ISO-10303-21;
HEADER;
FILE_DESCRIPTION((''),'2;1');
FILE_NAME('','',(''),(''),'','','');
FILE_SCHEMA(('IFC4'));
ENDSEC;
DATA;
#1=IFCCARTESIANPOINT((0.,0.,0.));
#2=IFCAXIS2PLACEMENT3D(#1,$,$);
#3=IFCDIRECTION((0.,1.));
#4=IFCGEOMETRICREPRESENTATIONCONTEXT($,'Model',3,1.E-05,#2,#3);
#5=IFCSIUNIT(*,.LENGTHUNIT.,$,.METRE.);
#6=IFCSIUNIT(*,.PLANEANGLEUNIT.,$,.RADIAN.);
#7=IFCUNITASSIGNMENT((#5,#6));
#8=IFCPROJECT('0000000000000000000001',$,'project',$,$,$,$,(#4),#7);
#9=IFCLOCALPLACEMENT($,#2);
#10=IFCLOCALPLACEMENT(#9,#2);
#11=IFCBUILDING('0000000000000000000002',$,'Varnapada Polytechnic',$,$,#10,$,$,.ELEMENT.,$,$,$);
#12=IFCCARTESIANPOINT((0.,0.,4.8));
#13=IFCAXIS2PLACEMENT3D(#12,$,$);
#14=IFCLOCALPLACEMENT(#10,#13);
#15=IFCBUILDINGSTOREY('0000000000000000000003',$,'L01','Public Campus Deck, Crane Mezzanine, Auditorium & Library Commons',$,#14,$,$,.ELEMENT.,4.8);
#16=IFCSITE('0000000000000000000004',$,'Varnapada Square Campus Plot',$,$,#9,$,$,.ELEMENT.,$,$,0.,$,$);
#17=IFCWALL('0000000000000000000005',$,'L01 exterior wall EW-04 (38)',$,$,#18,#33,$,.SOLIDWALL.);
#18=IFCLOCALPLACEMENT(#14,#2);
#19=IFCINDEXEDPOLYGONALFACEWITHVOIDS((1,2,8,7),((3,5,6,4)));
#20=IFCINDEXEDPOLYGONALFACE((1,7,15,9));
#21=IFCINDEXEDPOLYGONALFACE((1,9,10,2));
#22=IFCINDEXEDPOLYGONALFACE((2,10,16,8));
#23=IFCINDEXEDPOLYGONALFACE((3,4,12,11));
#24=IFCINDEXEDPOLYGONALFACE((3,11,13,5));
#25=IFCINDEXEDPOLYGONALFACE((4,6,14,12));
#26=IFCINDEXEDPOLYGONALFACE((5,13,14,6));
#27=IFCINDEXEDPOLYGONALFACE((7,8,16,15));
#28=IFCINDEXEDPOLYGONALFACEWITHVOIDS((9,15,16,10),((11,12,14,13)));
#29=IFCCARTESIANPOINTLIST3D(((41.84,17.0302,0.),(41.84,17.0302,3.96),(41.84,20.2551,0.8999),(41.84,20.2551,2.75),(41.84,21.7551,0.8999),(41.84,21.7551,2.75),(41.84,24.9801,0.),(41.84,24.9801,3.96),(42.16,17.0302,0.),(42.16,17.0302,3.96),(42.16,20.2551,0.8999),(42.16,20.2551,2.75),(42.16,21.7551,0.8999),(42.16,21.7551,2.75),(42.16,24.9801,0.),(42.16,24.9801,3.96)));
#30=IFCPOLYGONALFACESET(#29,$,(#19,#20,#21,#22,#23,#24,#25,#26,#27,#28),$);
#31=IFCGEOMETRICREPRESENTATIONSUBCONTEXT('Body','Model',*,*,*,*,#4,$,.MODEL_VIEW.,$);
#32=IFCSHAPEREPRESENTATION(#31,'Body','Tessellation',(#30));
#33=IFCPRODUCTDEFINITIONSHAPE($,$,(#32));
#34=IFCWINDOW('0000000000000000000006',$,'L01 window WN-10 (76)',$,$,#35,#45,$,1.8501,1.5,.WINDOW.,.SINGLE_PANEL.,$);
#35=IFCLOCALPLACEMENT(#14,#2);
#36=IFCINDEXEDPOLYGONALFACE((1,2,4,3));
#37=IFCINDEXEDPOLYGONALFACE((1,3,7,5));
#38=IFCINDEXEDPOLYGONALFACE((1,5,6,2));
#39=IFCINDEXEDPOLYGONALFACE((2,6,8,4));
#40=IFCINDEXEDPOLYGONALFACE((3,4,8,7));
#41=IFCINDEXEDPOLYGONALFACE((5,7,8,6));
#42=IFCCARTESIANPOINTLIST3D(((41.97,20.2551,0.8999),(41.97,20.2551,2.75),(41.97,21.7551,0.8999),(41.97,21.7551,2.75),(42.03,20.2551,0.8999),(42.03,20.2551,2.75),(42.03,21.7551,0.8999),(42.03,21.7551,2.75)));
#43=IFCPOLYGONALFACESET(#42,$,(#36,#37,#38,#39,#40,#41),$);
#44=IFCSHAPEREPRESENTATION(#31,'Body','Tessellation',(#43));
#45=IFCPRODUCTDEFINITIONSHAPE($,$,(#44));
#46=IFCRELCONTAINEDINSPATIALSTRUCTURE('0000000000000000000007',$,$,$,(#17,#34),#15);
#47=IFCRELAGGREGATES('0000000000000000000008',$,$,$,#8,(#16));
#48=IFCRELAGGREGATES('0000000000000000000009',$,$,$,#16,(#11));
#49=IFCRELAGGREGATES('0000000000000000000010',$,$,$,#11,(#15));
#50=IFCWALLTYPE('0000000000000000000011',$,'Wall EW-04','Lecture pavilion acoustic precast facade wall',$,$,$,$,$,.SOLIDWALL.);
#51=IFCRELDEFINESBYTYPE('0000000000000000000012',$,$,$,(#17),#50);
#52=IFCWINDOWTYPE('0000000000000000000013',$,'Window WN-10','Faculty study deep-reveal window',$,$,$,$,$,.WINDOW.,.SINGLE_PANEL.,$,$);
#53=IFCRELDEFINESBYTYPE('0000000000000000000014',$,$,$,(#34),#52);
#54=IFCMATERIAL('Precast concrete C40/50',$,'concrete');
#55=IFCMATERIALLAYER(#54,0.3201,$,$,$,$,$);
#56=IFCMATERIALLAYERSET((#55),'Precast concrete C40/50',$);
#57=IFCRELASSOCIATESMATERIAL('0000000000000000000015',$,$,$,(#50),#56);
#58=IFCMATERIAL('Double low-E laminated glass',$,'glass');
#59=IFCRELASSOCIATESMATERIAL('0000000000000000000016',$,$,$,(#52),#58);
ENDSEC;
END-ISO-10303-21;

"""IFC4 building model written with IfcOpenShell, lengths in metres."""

from ifc_helpers import new_model, si_unit, direction, frame, frame_2d, origin, place, context, subcontext, project, spatial, rectangle, extrude, material, layer, layer_set, type_object, element, fill, save


model = new_model("IFC4")

# Units and contexts
model_context = context("Model", 3, precision=1e-05, world=origin(), true_north=direction((0.0, 1.0)))
body_context = subcontext(model_context, "Body", "Model", "MODEL_VIEW")
ifc_project = project(units=[si_unit("LENGTHUNIT", "METRE"), si_unit("PLANEANGLEUNIT", "RADIAN")], contexts=[model_context])

# Site, building, storey
site_placement = place(None, origin())
site = spatial("IfcSite", under=ifc_project, at=site_placement, Name="Varnapada Square Campus Plot", CompositionType="ELEMENT", RefElevation=0.0)
building_placement = place(site_placement, origin())
building = spatial("IfcBuilding", under=site, at=building_placement, Name="Varnapada Polytechnic", CompositionType="ELEMENT")
storey_placement = place(building_placement, frame((0.0, 0.0, 4.8)))
storey = spatial("IfcBuildingStorey", under=building, at=storey_placement, Name="L01", Description="Public Campus Deck, Crane Mezzanine, Auditorium & Library Commons", CompositionType="ELEMENT", Elevation=4.8)

# Shared definitions
ifc_material_1 = material(Name="Double low-E laminated glass", Category="glass")

# Wall, opening, window
ifc_material_2 = material(Name="Precast concrete C40/50", Category="concrete")
ifc_layer_1 = layer(ifc_material_2, 0.3201)
ifc_layer_set_1 = layer_set([ifc_layer_1], Name="Precast concrete C40/50")
wall_type = type_object("IfcWallType", Name="Wall EW-04", Description="Lecture pavilion acoustic precast facade wall", PredefinedType="SOLIDWALL", material=ifc_layer_set_1)
wall_placement = place(storey_placement, frame((42.0, 17.03, 0.0), z_axis=(0.0, 0.0, 1.0), x_axis=(0.0, 1.0, 0.0)))
wall = element("IfcWall", 1, at=wall_placement, inside=storey, type_object=wall_type, Name="L01 exterior wall EW-04 (38)", PredefinedType="SOLIDWALL", context=body_context, shape_type="SweptSolid", body=[
    extrude(rectangle(XDim=7.95, YDim=0.3201, at=frame_2d((3.9751, 0.0))), origin(), (0.0, 0.0, 1.0), 3.96),
])
opening_1_placement = place(wall_placement, frame((3.2251, 0.0, 0.8999)))
opening_1 = element("IfcOpeningElement", 2, at=opening_1_placement, cuts=wall, PredefinedType="OPENING", context=body_context, shape_type="SweptSolid", body=[
    extrude(rectangle(XDim=1.5, YDim=1.8501, at=frame_2d((0.75, 0.925))), frame((0.0, 0.1699, 0.0), z_axis=(0.0, -1.0, 0.0), x_axis=(1.0, 0.0, 0.0)), (0.0, 0.0, 1.0), 0.3401),
])
window_type = type_object("IfcWindowType", Name="Window WN-10", Description="Faculty study deep-reveal window", PartitioningType="SINGLE_PANEL", PredefinedType="WINDOW", material=ifc_material_1)
window_placement = place(opening_1_placement, origin())
window = element("IfcWindow", 3, at=window_placement, inside=storey, type_object=window_type, Name="L01 window WN-10 (76)", OverallHeight=1.8501, OverallWidth=1.5, PartitioningType="SINGLE_PANEL", PredefinedType="WINDOW", context=body_context, shape_type="SweptSolid", body=[
    extrude(rectangle(XDim=1.5, YDim=1.8501, at=frame_2d((0.75, 0.925))), frame((0.0, 0.03, 0.0), z_axis=(0.0, -1.0, 0.0), x_axis=(1.0, 0.0, 0.0)), (0.0, 0.0, 1.0), 0.0601),
])
fill(opening_1, window)

save(model, "model.ifc")
